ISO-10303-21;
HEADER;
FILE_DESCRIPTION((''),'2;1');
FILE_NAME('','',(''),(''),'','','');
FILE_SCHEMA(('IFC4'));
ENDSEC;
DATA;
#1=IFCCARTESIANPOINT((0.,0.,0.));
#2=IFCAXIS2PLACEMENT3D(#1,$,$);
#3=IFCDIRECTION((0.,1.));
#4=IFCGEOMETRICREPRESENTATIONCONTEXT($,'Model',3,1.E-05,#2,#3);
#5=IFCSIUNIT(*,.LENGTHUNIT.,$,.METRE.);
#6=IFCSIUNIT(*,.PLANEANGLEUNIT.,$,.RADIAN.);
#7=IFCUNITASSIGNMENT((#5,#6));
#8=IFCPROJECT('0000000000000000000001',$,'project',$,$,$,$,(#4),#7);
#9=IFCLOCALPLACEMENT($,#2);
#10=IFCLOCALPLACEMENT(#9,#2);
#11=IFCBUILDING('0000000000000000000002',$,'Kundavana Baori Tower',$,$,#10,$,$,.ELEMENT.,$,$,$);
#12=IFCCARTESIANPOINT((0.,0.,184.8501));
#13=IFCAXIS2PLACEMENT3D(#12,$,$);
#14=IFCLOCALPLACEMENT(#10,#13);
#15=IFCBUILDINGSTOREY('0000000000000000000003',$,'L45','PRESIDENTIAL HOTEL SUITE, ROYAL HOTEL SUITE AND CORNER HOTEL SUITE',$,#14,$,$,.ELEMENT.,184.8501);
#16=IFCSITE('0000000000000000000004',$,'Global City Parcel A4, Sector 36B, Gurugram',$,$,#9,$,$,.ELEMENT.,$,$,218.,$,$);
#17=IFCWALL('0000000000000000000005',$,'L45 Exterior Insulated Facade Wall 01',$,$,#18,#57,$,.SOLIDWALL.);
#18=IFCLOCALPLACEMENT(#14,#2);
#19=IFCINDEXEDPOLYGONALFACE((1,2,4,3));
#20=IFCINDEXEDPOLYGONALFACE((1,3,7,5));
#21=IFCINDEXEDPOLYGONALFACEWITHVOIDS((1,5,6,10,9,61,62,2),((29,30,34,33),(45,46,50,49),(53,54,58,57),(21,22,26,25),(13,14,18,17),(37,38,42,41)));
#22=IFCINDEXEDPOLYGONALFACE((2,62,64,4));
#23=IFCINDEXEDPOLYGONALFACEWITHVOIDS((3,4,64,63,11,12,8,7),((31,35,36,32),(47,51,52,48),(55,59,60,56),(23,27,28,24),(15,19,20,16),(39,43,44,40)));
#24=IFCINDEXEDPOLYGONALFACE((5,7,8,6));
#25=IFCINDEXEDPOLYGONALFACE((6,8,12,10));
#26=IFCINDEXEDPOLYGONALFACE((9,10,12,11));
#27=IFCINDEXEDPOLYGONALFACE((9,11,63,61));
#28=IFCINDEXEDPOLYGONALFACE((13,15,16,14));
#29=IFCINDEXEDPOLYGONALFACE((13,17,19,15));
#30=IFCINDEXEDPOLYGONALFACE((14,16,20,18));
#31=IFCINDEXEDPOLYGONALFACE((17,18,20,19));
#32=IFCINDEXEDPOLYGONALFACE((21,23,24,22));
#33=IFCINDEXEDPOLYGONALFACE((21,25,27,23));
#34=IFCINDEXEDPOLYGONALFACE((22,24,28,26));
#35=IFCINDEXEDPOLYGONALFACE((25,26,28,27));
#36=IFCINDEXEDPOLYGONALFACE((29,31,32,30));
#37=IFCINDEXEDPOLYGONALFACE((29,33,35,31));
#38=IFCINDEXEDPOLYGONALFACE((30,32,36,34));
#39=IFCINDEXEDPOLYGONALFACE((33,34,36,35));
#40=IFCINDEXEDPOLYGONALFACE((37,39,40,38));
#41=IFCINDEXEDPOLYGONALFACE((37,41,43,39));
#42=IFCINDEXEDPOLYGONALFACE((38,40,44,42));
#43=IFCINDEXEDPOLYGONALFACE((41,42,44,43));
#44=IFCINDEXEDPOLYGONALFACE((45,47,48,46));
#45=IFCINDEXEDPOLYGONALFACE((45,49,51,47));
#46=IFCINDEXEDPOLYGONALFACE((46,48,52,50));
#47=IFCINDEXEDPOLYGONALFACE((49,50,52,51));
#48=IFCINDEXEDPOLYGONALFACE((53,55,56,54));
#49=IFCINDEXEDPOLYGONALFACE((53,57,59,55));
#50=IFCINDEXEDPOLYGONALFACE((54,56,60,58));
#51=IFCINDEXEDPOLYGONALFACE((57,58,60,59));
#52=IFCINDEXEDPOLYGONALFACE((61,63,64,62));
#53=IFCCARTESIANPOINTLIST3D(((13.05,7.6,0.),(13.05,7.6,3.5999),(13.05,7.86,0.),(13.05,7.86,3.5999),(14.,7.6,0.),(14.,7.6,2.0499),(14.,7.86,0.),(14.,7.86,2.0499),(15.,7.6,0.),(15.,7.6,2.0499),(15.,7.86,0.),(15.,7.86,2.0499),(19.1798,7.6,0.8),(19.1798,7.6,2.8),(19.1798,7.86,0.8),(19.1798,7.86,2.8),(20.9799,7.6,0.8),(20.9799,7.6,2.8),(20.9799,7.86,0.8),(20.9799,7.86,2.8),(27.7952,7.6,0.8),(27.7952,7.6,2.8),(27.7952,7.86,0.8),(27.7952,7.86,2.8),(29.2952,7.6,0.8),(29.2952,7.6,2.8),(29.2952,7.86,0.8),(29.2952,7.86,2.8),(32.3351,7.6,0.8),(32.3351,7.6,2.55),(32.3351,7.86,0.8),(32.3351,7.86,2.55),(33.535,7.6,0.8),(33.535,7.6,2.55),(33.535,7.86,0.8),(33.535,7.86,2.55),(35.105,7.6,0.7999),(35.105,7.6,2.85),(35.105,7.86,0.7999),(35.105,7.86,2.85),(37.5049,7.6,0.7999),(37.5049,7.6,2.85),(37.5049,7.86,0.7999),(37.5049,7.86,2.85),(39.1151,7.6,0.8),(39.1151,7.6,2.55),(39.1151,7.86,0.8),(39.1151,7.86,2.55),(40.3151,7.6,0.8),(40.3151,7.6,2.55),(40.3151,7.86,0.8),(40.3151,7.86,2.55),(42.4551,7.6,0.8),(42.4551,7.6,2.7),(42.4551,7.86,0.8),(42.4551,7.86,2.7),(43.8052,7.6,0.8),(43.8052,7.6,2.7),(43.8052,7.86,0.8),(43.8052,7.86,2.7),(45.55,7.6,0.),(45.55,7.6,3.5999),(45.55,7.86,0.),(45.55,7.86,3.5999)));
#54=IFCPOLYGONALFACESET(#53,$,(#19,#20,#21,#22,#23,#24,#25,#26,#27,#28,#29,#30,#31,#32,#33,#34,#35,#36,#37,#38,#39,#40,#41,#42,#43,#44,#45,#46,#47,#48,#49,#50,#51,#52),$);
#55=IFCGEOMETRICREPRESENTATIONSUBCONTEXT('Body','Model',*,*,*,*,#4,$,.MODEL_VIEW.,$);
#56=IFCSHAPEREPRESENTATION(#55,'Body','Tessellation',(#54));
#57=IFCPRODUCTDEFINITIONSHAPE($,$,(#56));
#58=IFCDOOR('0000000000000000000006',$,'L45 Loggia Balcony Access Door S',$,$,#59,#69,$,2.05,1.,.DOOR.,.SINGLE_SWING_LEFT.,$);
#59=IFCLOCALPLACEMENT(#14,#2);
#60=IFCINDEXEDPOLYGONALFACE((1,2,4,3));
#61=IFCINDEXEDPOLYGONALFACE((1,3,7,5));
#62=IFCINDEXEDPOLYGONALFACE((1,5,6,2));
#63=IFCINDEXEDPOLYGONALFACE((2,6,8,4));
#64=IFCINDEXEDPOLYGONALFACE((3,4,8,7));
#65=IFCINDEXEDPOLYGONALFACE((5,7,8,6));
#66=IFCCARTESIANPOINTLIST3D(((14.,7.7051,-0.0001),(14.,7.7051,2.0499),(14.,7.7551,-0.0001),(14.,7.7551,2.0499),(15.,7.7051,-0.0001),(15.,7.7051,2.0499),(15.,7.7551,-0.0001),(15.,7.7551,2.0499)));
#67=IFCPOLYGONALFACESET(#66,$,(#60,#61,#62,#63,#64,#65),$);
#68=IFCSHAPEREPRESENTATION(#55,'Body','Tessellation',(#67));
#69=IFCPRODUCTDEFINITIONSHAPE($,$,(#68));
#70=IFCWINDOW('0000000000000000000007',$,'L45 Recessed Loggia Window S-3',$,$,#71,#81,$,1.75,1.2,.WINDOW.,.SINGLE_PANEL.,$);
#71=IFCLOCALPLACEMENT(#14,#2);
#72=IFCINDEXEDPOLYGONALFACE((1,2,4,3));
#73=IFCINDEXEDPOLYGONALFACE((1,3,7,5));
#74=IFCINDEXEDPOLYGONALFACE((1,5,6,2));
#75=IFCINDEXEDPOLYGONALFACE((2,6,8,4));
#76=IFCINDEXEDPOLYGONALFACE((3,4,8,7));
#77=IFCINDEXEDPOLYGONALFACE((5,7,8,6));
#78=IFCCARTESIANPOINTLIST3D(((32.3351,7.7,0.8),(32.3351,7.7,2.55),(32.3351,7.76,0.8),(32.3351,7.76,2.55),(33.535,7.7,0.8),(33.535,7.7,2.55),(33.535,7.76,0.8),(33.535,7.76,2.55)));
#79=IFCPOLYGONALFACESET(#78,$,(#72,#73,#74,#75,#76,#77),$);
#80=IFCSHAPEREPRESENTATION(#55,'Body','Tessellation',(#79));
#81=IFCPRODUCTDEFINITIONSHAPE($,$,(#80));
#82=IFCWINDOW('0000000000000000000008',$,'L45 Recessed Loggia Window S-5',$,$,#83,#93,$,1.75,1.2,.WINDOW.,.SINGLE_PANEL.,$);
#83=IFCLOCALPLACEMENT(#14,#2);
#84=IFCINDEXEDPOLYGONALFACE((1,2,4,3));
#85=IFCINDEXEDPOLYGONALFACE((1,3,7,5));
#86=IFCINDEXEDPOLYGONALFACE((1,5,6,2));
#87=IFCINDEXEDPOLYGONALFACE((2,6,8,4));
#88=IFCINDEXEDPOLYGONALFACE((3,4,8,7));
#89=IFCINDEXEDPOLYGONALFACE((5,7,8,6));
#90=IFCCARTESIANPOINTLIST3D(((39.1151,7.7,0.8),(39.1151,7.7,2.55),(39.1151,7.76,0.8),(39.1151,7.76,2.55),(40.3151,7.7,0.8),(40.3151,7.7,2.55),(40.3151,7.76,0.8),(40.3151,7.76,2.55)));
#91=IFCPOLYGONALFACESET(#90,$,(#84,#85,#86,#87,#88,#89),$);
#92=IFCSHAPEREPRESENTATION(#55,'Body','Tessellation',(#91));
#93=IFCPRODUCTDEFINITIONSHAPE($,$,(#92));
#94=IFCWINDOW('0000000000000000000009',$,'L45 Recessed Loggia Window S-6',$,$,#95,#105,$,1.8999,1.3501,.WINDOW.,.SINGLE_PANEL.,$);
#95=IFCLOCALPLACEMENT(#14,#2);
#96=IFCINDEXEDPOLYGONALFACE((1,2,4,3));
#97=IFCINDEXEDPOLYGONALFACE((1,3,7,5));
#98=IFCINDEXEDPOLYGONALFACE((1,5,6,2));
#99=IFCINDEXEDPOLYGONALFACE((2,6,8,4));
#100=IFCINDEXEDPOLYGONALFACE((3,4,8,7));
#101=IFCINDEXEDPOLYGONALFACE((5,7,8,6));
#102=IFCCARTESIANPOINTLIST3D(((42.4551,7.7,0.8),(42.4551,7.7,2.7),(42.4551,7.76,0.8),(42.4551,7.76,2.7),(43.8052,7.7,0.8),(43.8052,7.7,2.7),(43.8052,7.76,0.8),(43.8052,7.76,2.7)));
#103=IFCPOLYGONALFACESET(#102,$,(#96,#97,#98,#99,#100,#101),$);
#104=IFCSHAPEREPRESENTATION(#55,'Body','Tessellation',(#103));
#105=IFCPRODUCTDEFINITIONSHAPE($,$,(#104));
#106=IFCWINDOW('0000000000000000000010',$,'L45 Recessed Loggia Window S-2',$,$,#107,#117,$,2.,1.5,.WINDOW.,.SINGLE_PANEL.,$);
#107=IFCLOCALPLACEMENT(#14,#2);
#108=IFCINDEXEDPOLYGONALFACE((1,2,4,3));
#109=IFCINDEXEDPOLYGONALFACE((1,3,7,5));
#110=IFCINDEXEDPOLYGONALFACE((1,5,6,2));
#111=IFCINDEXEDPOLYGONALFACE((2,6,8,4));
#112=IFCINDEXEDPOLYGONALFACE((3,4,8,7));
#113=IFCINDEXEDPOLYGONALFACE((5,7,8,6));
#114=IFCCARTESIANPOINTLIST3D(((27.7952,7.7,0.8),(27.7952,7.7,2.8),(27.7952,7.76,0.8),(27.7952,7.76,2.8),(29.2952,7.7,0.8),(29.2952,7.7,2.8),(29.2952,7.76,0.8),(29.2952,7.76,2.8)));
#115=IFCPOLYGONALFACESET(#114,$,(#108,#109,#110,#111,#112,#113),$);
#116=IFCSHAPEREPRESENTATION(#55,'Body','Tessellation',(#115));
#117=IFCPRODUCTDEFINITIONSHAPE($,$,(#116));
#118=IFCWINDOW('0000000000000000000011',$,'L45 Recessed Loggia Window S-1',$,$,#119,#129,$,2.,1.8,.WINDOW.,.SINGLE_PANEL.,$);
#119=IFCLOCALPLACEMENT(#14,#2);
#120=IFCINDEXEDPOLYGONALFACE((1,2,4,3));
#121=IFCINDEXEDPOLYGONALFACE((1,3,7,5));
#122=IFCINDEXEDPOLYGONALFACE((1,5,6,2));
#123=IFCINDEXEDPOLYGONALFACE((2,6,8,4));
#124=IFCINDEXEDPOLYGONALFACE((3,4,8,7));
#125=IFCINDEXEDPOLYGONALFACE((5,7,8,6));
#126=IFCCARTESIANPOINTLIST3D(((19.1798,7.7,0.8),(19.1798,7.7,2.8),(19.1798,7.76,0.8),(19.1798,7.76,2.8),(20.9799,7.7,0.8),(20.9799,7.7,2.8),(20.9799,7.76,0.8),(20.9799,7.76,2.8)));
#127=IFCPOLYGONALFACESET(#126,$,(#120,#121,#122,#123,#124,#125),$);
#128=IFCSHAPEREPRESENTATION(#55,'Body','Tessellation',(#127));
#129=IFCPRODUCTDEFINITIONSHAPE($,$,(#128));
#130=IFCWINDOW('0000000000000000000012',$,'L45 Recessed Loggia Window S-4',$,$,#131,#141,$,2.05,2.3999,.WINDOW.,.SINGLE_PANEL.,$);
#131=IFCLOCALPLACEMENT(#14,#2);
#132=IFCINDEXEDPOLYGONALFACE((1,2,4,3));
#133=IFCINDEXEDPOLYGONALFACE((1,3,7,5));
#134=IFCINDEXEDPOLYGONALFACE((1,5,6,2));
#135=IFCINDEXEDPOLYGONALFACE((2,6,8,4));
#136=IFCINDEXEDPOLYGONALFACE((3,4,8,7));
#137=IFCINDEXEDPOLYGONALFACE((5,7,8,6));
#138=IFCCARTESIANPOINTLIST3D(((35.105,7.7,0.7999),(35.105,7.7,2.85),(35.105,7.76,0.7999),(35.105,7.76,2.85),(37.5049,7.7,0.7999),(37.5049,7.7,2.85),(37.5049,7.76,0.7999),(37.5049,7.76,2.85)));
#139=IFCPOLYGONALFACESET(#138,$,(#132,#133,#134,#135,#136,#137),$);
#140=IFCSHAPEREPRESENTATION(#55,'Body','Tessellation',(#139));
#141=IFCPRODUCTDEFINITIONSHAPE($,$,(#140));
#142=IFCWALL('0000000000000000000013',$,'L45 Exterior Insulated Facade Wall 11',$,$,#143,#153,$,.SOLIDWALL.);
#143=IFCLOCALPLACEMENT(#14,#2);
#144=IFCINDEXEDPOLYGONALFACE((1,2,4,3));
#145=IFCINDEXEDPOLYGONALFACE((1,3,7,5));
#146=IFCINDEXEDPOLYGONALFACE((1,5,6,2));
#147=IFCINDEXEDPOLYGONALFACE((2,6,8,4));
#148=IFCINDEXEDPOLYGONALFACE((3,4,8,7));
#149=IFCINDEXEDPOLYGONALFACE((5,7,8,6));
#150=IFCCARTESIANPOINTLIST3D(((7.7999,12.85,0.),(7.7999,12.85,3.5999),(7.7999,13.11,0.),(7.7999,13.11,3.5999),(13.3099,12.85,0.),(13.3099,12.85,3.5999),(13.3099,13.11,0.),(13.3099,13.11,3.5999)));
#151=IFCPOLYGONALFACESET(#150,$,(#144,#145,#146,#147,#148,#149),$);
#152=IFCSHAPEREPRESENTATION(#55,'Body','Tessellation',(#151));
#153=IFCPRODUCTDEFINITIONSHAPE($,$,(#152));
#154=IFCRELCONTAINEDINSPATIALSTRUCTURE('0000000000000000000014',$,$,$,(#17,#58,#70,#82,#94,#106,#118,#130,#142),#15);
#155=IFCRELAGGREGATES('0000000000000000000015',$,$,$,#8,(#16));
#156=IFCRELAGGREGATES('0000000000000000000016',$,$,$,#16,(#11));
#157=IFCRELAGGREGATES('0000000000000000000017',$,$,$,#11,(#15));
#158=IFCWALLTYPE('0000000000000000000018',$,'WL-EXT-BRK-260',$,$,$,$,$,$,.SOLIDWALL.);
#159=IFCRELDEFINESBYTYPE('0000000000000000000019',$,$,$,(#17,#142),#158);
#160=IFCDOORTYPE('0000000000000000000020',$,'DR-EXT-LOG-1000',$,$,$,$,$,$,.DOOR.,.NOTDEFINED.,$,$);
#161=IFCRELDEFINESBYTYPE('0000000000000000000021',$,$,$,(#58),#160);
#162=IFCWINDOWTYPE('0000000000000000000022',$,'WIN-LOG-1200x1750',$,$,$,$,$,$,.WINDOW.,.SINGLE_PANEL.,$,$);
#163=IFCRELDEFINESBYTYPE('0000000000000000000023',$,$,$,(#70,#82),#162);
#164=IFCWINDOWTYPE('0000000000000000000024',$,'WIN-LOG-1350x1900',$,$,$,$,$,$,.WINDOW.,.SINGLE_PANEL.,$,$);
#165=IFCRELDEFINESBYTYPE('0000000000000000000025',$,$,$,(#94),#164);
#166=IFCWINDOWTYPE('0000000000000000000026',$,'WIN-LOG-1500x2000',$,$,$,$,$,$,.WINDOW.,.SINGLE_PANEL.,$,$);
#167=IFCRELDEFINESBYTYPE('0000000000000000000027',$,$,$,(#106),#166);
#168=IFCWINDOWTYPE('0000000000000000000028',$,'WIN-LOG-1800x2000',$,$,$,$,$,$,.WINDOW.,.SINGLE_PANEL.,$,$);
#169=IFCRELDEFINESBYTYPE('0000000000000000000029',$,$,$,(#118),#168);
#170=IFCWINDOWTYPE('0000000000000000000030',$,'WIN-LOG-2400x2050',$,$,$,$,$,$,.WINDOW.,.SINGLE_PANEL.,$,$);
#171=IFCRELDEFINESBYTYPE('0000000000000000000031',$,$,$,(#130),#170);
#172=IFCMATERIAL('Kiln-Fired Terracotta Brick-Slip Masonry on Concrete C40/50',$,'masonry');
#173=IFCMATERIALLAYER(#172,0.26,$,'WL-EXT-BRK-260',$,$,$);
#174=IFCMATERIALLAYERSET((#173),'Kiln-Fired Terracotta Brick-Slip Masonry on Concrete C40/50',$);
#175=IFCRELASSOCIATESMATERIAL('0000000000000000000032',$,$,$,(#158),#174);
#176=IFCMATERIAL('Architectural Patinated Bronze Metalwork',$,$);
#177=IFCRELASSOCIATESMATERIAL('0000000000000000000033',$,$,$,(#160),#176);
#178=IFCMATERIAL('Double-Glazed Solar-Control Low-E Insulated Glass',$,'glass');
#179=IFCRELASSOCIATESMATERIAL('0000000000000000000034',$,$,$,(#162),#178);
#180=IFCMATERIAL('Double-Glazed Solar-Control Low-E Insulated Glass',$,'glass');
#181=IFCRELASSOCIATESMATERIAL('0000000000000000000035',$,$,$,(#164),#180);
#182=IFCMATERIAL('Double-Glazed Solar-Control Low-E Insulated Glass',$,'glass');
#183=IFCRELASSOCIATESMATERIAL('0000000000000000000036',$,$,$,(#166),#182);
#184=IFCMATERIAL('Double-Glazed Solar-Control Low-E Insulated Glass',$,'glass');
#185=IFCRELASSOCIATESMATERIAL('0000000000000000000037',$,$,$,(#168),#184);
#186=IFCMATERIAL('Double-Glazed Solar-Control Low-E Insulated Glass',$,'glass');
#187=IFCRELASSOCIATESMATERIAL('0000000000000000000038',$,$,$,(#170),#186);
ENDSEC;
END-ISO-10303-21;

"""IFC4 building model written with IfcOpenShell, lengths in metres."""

from ifc_helpers import new_model, si_unit, direction, frame, frame_2d, origin, place, context, subcontext, project, spatial, rectangle, extrude, material, layer, layer_set, type_object, element, fill, save


model = new_model("IFC4")

# Units and contexts
model_context = context("Model", 3, precision=1e-05, world=origin(), true_north=direction((0.0, 1.0)))
body_context = subcontext(model_context, "Body", "Model", "MODEL_VIEW")
ifc_project = project(units=[si_unit("LENGTHUNIT", "METRE"), si_unit("PLANEANGLEUNIT", "RADIAN")], contexts=[model_context])

# Site, building, storey
site_placement = place(None, origin())
site = spatial("IfcSite", under=ifc_project, at=site_placement, Name="Global City Parcel A4, Sector 36B, Gurugram", CompositionType="ELEMENT", RefElevation=218.0)
building_placement = place(site_placement, origin())
building = spatial("IfcBuilding", under=site, at=building_placement, Name="Kundavana Baori Tower", CompositionType="ELEMENT")
storey_placement = place(building_placement, frame((0.0, 0.0, 184.8501)))
storey = spatial("IfcBuildingStorey", under=building, at=storey_placement, Name="L45", Description="PRESIDENTIAL HOTEL SUITE, ROYAL HOTEL SUITE AND CORNER HOTEL SUITE", CompositionType="ELEMENT", Elevation=184.8501)

# Wall, openings, door, windows
ifc_material_1 = material(Name="Kiln-Fired Terracotta Brick-Slip Masonry on Concrete C40/50", Category="masonry")
ifc_layer_1 = layer(ifc_material_1, 0.26, Name="WL-EXT-BRK-260")
ifc_layer_set_1 = layer_set([ifc_layer_1], Name="Kiln-Fired Terracotta Brick-Slip Masonry on Concrete C40/50")
wall_type_1 = type_object("IfcWallType", Name="WL-EXT-BRK-260", PredefinedType="SOLIDWALL", material=ifc_layer_set_1)
wall_1_placement = place(storey_placement, frame((13.05, 7.73, 0.0), z_axis=(0.0, 0.0, 1.0), x_axis=(1.0, 0.0, 0.0)))
wall_1 = element("IfcWall", 1, at=wall_1_placement, inside=storey, type_object=wall_type_1, Name="L45 Exterior Insulated Facade Wall 01", PredefinedType="SOLIDWALL", context=body_context, shape_type="SweptSolid", body=[
    extrude(rectangle(XDim=32.5, YDim=0.26, at=frame_2d((16.25, 0.0))), origin(), (0.0, 0.0, 1.0), 3.5999),
])
opening_1_placement = place(wall_1_placement, frame((0.95, 0.0, 0.0)))
opening_1 = element("IfcOpeningElement", 2, at=opening_1_placement, cuts=wall_1, PredefinedType="OPENING", context=body_context, shape_type="SweptSolid", body=[
    extrude(rectangle(XDim=1.0, YDim=2.05, at=frame_2d((0.5, 1.0249))), frame((0.0, 0.1401, 0.0), z_axis=(0.0, -1.0, 0.0), x_axis=(1.0, 0.0, 0.0)), (0.0, 0.0, 1.0), 0.28),
])
opening_2_placement = place(wall_1_placement, frame((6.1299, 0.0, 0.8)))
opening_2 = element("IfcOpeningElement", 3, at=opening_2_placement, cuts=wall_1, PredefinedType="OPENING", context=body_context, shape_type="SweptSolid", body=[
    extrude(rectangle(XDim=1.8, YDim=2.0, at=frame_2d((0.8999, 1.0))), frame((0.0, 0.1401, 0.0), z_axis=(0.0, -1.0, 0.0), x_axis=(1.0, 0.0, 0.0)), (0.0, 0.0, 1.0), 0.28),
])
opening_3_placement = place(wall_1_placement, frame((14.7451, 0.0, 0.8)))
opening_3 = element("IfcOpeningElement", 4, at=opening_3_placement, cuts=wall_1, PredefinedType="OPENING", context=body_context, shape_type="SweptSolid", body=[
    extrude(rectangle(XDim=1.5, YDim=2.0, at=frame_2d((0.75, 1.0))), frame((0.0, 0.1401, 0.0), z_axis=(0.0, -1.0, 0.0), x_axis=(1.0, 0.0, 0.0)), (0.0, 0.0, 1.0), 0.28),
])
opening_4_placement = place(wall_1_placement, frame((19.2849, 0.0, 0.8)))
opening_4 = element("IfcOpeningElement", 5, at=opening_4_placement, cuts=wall_1, PredefinedType="OPENING", context=body_context, shape_type="SweptSolid", body=[
    extrude(rectangle(XDim=1.2, YDim=1.75, at=frame_2d((0.6001, 0.875))), frame((0.0, 0.1401, 0.0), z_axis=(0.0, -1.0, 0.0), x_axis=(1.0, 0.0, 0.0)), (0.0, 0.0, 1.0), 0.28),
])
opening_5_placement = place(wall_1_placement, frame((22.0549, 0.0, 0.8)))
opening_5 = element("IfcOpeningElement", 6, at=opening_5_placement, cuts=wall_1, PredefinedType="OPENING", context=body_context, shape_type="SweptSolid", body=[
    extrude(rectangle(XDim=2.3999, YDim=2.05, at=frame_2d((1.2, 1.0249))), frame((0.0, 0.1401, 0.0), z_axis=(0.0, -1.0, 0.0), x_axis=(1.0, 0.0, 0.0)), (0.0, 0.0, 1.0), 0.28),
])
opening_6_placement = place(wall_1_placement, frame((26.0649, 0.0, 0.8)))
opening_6 = element("IfcOpeningElement", 7, at=opening_6_placement, cuts=wall_1, PredefinedType="OPENING", context=body_context, shape_type="SweptSolid", body=[
    extrude(rectangle(XDim=1.2, YDim=1.75, at=frame_2d((0.6001, 0.875))), frame((0.0, 0.1401, 0.0), z_axis=(0.0, -1.0, 0.0), x_axis=(1.0, 0.0, 0.0)), (0.0, 0.0, 1.0), 0.28),
])
opening_7_placement = place(wall_1_placement, frame((29.405, 0.0, 0.8)))
opening_7 = element("IfcOpeningElement", 8, at=opening_7_placement, cuts=wall_1, PredefinedType="OPENING", context=body_context, shape_type="SweptSolid", body=[
    extrude(rectangle(XDim=1.3501, YDim=1.8999, at=frame_2d((0.675, 0.95))), frame((0.0, 0.1401, 0.0), z_axis=(0.0, -1.0, 0.0), x_axis=(1.0, 0.0, 0.0)), (0.0, 0.0, 1.0), 0.28),
])
ifc_material_2 = material(Name="Architectural Patinated Bronze Metalwork")
door_type = type_object("IfcDoorType", Name="DR-EXT-LOG-1000", OperationType="NOTDEFINED", PredefinedType="DOOR", material=ifc_material_2)
door_placement = place(opening_1_placement, frame((1.0, 0.0, 0.0), z_axis=(0.0, 0.0, 1.0), x_axis=(-1.0, 0.0, 0.0)))
door = element("IfcDoor", 9, at=door_placement, inside=storey, type_object=door_type, Name="L45 Loggia Balcony Access Door S", OperationType="SINGLE_SWING_LEFT", OverallHeight=2.05, OverallWidth=1.0, PredefinedType="DOOR", context=body_context, shape_type="SweptSolid", body=[
    extrude(rectangle(XDim=1.0, YDim=2.05, at=frame_2d((0.5, 1.0249))), frame((0.0, 0.0249, 0.0), z_axis=(0.0, -1.0, 0.0), x_axis=(1.0, 0.0, 0.0)), (0.0, 0.0, 1.0), 0.05),
])
fill(opening_1, door)
ifc_material_3 = material(Name="Double-Glazed Solar-Control Low-E Insulated Glass", Category="glass")
window_type_1 = type_object("IfcWindowType", Name="WIN-LOG-1200x1750", PartitioningType="SINGLE_PANEL", PredefinedType="WINDOW", material=ifc_material_3)
window_1_placement = place(opening_4_placement, origin())
window_1 = element("IfcWindow", 10, at=window_1_placement, inside=storey, type_object=window_type_1, Name="L45 Recessed Loggia Window S-3", OverallHeight=1.75, OverallWidth=1.2, PartitioningType="SINGLE_PANEL", PredefinedType="WINDOW", context=body_context, shape_type="SweptSolid", body=[
    extrude(rectangle(XDim=1.2, YDim=1.75, at=frame_2d((0.6001, 0.875))), frame((0.0, 0.03, 0.0), z_axis=(0.0, -1.0, 0.0), x_axis=(1.0, 0.0, 0.0)), (0.0, 0.0, 1.0), 0.0601),
])
fill(opening_4, window_1)
window_2_placement = place(opening_6_placement, origin())
window_2 = element("IfcWindow", 11, at=window_2_placement, inside=storey, type_object=window_type_1, Name="L45 Recessed Loggia Window S-5", OverallHeight=1.75, OverallWidth=1.2, PartitioningType="SINGLE_PANEL", PredefinedType="WINDOW", context=body_context, shape_type="SweptSolid", body=[
    extrude(rectangle(XDim=1.2, YDim=1.75, at=frame_2d((0.6001, 0.875))), frame((0.0, 0.03, 0.0), z_axis=(0.0, -1.0, 0.0), x_axis=(1.0, 0.0, 0.0)), (0.0, 0.0, 1.0), 0.0601),
])
fill(opening_6, window_2)
ifc_material_4 = material(Name="Double-Glazed Solar-Control Low-E Insulated Glass", Category="glass")
window_type_2 = type_object("IfcWindowType", Name="WIN-LOG-1350x1900", PartitioningType="SINGLE_PANEL", PredefinedType="WINDOW", material=ifc_material_4)
window_3_placement = place(opening_7_placement, origin())
window_3 = element("IfcWindow", 12, at=window_3_placement, inside=storey, type_object=window_type_2, Name="L45 Recessed Loggia Window S-6", OverallHeight=1.8999, OverallWidth=1.3501, PartitioningType="SINGLE_PANEL", PredefinedType="WINDOW", context=body_context, shape_type="SweptSolid", body=[
    extrude(rectangle(XDim=1.3501, YDim=1.8999, at=frame_2d((0.675, 0.95))), frame((0.0, 0.03, 0.0), z_axis=(0.0, -1.0, 0.0), x_axis=(1.0, 0.0, 0.0)), (0.0, 0.0, 1.0), 0.0601),
])
fill(opening_7, window_3)
ifc_material_5 = material(Name="Double-Glazed Solar-Control Low-E Insulated Glass", Category="glass")
window_type_3 = type_object("IfcWindowType", Name="WIN-LOG-1500x2000", PartitioningType="SINGLE_PANEL", PredefinedType="WINDOW", material=ifc_material_5)
window_4_placement = place(opening_3_placement, origin())
window_4 = element("IfcWindow", 13, at=window_4_placement, inside=storey, type_object=window_type_3, Name="L45 Recessed Loggia Window S-2", OverallHeight=2.0, OverallWidth=1.5, PartitioningType="SINGLE_PANEL", PredefinedType="WINDOW", context=body_context, shape_type="SweptSolid", body=[
    extrude(rectangle(XDim=1.5, YDim=2.0, at=frame_2d((0.75, 1.0))), frame((0.0, 0.03, 0.0), z_axis=(0.0, -1.0, 0.0), x_axis=(1.0, 0.0, 0.0)), (0.0, 0.0, 1.0), 0.0601),
])
fill(opening_3, window_4)
ifc_material_6 = material(Name="Double-Glazed Solar-Control Low-E Insulated Glass", Category="glass")
window_type_4 = type_object("IfcWindowType", Name="WIN-LOG-1800x2000", PartitioningType="SINGLE_PANEL", PredefinedType="WINDOW", material=ifc_material_6)
window_5_placement = place(opening_2_placement, origin())
window_5 = element("IfcWindow", 14, at=window_5_placement, inside=storey, type_object=window_type_4, Name="L45 Recessed Loggia Window S-1", OverallHeight=2.0, OverallWidth=1.8, PartitioningType="SINGLE_PANEL", PredefinedType="WINDOW", context=body_context, shape_type="SweptSolid", body=[
    extrude(rectangle(XDim=1.8, YDim=2.0, at=frame_2d((0.8999, 1.0))), frame((0.0, 0.03, 0.0), z_axis=(0.0, -1.0, 0.0), x_axis=(1.0, 0.0, 0.0)), (0.0, 0.0, 1.0), 0.0601),
])
fill(opening_2, window_5)
ifc_material_7 = material(Name="Double-Glazed Solar-Control Low-E Insulated Glass", Category="glass")
window_type_5 = type_object("IfcWindowType", Name="WIN-LOG-2400x2050", PartitioningType="SINGLE_PANEL", PredefinedType="WINDOW", material=ifc_material_7)
window_6_placement = place(opening_5_placement, origin())
window_6 = element("IfcWindow", 15, at=window_6_placement, inside=storey, type_object=window_type_5, Name="L45 Recessed Loggia Window S-4", OverallHeight=2.05, OverallWidth=2.3999, PartitioningType="SINGLE_PANEL", PredefinedType="WINDOW", context=body_context, shape_type="SweptSolid", body=[
    extrude(rectangle(XDim=2.3999, YDim=2.05, at=frame_2d((1.2, 1.0249))), frame((0.0, 0.03, 0.0), z_axis=(0.0, -1.0, 0.0), x_axis=(1.0, 0.0, 0.0)), (0.0, 0.0, 1.0), 0.0601),
])
fill(opening_5, window_6)

# Wall
wall_2_placement = place(storey_placement, frame((7.8, 12.98, 0.0), z_axis=(0.0, 0.0, 1.0), x_axis=(1.0, 0.0, 0.0)))
element("IfcWall", 16, at=wall_2_placement, inside=storey, type_object=wall_type_1, Name="L45 Exterior Insulated Facade Wall 11", PredefinedType="SOLIDWALL", context=body_context, shape_type="SweptSolid", body=[
    extrude(rectangle(XDim=5.51, YDim=0.26, at=frame_2d((2.7549, 0.0))), origin(), (0.0, 0.0, 1.0), 3.5999),
])

save(model, "model.ifc")
